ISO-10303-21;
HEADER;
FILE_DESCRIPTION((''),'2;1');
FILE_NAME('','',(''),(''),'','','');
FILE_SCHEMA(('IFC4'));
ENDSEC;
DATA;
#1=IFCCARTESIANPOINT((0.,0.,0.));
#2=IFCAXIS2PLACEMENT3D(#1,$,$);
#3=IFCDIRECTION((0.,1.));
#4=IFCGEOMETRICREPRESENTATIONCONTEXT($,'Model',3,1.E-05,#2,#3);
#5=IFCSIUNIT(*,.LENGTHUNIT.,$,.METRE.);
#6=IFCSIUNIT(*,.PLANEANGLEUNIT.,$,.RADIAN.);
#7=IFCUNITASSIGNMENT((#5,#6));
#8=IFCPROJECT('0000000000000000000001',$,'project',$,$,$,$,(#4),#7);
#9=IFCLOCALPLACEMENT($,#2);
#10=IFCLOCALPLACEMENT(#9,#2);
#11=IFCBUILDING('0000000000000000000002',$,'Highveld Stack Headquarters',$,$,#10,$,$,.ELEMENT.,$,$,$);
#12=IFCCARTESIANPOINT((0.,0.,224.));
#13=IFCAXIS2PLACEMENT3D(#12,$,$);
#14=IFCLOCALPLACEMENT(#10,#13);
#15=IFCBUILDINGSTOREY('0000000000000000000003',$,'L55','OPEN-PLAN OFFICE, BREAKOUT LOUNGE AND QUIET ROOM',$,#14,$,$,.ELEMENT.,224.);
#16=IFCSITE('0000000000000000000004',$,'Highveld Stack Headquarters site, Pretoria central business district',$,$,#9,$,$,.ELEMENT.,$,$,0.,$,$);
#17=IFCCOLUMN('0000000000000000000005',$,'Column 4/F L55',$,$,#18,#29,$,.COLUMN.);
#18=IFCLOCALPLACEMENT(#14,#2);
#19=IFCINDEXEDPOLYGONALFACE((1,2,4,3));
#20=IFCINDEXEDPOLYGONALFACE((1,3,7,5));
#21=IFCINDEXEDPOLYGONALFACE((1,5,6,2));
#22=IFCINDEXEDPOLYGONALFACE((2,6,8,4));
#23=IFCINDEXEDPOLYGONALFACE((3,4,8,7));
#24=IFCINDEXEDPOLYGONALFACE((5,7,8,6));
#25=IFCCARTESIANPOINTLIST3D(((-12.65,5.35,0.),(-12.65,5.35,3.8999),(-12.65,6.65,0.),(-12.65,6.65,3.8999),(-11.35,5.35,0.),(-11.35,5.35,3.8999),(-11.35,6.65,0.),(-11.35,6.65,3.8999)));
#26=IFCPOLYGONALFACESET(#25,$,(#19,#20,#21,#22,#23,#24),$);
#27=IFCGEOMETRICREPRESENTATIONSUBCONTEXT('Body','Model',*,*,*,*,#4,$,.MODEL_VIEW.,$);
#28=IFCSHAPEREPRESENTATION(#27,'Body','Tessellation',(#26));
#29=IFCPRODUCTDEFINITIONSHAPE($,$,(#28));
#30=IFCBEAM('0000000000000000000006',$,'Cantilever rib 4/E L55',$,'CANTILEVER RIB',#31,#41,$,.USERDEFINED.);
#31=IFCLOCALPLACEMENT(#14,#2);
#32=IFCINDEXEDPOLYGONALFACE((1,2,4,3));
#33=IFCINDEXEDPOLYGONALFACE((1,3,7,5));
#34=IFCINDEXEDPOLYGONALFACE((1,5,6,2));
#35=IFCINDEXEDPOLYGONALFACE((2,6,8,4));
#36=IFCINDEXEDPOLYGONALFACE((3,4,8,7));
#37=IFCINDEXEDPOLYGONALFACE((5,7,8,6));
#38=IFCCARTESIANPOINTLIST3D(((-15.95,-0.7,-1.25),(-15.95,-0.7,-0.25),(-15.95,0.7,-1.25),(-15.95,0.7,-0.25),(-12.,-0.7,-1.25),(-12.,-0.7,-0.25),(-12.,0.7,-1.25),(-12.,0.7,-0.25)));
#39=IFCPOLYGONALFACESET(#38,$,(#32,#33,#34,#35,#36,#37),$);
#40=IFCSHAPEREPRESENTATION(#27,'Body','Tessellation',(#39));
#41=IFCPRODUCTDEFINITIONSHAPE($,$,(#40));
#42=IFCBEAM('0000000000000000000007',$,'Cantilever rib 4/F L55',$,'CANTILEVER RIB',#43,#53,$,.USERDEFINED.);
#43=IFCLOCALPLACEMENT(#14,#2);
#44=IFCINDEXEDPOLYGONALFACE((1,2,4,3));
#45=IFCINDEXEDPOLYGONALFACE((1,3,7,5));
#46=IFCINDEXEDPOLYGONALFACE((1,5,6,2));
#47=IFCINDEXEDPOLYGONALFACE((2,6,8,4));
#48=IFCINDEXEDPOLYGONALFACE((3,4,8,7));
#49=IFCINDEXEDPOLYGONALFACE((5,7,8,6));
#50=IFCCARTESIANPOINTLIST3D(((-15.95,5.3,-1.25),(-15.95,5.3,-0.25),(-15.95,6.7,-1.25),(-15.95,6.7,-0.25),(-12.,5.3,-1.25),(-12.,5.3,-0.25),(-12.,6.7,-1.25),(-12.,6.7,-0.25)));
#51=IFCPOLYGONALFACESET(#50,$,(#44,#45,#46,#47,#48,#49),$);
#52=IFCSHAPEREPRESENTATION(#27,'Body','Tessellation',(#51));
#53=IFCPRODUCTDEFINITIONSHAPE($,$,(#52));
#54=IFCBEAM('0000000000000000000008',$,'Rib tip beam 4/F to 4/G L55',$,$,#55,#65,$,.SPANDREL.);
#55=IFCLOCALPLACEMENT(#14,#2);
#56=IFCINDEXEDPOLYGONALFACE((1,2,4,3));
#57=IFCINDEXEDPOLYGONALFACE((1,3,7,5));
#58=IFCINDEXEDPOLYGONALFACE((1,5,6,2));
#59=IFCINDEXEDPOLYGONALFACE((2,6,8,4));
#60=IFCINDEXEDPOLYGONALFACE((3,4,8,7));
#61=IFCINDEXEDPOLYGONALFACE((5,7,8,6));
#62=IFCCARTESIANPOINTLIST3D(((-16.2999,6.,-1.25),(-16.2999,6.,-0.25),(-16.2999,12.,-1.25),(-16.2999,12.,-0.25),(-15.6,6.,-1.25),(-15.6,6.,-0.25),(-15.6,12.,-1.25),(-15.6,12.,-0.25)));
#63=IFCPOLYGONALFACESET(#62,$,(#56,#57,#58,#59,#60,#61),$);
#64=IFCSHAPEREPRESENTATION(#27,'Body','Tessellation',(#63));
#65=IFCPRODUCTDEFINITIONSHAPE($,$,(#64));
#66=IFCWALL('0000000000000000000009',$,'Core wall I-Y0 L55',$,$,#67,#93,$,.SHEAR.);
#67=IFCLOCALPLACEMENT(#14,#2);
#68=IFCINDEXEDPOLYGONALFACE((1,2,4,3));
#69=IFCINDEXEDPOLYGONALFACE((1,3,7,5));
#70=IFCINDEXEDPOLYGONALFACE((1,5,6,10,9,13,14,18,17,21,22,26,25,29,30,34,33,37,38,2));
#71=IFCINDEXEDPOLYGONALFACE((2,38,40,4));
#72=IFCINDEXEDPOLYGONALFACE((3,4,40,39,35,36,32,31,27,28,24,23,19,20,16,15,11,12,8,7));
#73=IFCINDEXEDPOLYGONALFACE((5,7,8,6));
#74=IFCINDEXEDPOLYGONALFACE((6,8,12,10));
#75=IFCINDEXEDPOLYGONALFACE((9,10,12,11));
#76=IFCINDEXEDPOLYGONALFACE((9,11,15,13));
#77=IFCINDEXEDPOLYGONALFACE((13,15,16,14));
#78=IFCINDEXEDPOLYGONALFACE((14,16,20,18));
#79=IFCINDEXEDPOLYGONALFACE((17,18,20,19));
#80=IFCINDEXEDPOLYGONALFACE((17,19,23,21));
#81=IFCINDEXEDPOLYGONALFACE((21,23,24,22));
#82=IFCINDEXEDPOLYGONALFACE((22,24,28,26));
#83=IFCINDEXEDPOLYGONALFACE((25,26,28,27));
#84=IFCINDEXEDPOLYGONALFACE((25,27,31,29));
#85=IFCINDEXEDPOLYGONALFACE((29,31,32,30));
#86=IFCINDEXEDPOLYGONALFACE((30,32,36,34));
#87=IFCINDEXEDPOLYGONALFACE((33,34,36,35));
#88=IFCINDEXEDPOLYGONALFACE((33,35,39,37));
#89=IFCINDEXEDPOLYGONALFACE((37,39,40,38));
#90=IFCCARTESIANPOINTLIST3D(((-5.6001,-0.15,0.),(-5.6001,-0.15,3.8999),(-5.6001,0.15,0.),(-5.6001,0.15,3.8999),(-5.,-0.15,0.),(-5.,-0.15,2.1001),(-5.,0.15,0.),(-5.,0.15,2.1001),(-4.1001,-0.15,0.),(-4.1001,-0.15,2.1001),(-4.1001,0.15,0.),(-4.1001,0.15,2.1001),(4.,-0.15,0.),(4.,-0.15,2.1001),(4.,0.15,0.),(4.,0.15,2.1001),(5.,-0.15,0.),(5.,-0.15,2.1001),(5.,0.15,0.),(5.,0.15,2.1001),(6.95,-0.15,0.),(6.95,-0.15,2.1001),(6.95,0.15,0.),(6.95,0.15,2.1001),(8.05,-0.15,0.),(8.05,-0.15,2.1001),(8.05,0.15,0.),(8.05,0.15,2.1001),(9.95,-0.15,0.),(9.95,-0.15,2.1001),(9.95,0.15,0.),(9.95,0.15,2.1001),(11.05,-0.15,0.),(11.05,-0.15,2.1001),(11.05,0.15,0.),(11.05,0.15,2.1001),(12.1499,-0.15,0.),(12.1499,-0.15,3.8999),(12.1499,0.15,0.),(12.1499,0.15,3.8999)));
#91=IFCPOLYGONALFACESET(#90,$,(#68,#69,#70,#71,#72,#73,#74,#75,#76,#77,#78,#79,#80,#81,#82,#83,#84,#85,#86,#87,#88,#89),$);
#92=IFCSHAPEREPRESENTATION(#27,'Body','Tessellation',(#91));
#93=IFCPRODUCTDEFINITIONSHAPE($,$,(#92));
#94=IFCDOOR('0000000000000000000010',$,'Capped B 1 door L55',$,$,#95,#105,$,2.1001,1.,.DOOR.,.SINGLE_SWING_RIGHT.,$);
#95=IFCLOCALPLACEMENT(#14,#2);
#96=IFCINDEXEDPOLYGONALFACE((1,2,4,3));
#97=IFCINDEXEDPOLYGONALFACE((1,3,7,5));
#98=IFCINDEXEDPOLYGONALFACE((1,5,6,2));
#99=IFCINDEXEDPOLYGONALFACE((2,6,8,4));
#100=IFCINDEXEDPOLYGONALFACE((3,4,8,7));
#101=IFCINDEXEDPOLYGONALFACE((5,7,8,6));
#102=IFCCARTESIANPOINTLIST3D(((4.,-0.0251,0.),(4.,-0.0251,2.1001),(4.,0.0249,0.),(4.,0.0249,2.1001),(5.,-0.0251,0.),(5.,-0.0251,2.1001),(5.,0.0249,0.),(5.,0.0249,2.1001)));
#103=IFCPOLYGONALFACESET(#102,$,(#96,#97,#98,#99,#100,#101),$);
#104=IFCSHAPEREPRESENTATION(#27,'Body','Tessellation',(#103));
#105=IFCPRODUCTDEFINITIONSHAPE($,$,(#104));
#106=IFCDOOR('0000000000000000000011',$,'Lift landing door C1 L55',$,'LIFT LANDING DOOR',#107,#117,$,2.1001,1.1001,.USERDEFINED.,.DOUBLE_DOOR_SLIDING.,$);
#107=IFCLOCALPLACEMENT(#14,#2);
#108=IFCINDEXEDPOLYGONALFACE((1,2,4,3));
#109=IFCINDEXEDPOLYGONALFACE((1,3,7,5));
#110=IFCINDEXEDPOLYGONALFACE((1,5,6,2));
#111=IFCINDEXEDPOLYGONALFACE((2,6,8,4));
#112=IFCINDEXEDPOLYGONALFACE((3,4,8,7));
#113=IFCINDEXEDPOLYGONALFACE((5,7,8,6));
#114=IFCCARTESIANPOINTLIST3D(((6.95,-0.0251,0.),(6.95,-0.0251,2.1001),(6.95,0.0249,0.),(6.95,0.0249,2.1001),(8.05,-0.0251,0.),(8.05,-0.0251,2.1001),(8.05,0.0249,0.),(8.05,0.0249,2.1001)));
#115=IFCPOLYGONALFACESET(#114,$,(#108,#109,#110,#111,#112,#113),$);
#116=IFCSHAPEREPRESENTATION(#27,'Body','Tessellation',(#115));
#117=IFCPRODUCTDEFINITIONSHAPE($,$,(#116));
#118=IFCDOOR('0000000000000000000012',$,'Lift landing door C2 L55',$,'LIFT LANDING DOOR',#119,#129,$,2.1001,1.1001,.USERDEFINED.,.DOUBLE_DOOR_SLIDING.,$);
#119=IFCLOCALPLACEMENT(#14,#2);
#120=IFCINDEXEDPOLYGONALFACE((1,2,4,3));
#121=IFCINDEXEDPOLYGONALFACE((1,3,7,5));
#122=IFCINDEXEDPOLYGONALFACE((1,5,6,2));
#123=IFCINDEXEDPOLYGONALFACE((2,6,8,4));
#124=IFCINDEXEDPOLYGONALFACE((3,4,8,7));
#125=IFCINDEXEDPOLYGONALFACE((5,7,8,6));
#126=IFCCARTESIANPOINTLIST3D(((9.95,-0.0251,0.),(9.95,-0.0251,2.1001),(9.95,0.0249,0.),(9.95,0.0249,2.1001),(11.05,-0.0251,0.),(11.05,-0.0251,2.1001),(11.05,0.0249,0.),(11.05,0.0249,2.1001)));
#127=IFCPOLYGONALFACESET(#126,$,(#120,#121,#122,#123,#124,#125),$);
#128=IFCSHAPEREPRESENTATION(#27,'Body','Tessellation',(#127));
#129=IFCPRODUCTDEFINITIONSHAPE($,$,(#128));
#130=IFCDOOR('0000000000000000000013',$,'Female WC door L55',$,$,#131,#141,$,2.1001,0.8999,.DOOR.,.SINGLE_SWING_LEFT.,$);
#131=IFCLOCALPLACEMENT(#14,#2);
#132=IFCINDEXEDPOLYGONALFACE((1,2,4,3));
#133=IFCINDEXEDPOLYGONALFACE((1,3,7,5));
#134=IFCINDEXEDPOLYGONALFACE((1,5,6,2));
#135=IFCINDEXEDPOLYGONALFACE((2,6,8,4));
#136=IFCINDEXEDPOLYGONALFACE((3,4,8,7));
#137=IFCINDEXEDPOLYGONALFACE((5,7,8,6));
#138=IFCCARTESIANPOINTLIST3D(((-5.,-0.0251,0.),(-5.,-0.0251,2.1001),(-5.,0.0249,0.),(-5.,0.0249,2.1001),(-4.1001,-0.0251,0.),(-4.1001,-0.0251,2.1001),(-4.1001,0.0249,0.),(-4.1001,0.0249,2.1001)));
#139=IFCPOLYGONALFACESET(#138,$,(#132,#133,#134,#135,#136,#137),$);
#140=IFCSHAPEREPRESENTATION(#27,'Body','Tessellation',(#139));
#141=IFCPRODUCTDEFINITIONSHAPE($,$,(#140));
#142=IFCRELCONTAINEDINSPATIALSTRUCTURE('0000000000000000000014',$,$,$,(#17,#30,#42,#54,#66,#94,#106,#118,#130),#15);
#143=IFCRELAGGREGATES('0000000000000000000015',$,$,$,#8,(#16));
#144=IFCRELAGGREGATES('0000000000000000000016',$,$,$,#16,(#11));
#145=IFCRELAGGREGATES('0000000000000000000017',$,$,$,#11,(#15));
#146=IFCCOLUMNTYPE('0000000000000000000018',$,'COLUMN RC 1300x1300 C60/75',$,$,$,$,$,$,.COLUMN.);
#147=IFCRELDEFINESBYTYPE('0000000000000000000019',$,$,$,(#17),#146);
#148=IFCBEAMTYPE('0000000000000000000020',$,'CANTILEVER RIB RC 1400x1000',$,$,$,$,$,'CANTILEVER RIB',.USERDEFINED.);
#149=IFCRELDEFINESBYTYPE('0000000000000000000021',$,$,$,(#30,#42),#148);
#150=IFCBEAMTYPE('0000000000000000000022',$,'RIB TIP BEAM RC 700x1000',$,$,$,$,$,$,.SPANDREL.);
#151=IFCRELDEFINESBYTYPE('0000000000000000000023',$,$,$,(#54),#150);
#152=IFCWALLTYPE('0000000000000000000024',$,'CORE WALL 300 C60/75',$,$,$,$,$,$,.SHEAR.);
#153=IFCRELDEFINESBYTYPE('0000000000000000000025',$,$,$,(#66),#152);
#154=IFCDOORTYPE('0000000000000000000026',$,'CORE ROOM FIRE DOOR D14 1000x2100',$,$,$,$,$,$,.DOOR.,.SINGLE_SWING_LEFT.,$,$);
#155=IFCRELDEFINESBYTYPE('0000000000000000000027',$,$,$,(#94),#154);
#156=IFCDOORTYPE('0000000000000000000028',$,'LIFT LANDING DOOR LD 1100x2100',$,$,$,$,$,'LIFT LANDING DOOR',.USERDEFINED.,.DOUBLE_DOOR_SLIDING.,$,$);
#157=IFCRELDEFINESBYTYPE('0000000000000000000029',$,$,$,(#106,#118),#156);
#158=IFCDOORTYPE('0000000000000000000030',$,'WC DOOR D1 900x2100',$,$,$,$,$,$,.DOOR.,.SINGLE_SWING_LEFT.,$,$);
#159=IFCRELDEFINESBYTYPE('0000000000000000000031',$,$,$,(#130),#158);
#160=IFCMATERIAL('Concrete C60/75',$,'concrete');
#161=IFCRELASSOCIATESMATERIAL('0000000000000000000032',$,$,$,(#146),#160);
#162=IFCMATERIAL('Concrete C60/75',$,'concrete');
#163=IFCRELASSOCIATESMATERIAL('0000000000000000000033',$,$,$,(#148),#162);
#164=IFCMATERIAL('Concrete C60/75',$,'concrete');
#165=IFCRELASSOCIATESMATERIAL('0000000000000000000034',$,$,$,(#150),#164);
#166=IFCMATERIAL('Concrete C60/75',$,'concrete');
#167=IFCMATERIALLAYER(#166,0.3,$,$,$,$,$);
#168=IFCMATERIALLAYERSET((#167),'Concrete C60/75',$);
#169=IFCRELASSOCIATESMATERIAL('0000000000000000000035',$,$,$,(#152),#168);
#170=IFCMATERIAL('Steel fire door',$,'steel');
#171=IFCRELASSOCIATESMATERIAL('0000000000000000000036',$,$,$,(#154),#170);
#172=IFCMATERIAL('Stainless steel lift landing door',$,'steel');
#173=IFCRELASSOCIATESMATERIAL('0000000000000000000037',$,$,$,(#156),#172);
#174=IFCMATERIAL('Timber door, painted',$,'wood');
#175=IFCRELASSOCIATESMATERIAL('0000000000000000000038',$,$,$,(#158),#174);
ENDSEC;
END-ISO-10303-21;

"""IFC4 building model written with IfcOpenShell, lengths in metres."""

from ifc_helpers import new_model, si_unit, direction, frame, frame_2d, origin, origin_2d, place, context, subcontext, project, spatial, rectangle, extrude, material, layer, layer_set, material_profile, profile_set, type_object, element, fill, save


model = new_model("IFC4")

# Units and contexts
model_context = context("Model", 3, precision=1e-05, world=origin(), true_north=direction((0.0, 1.0)))
body_context = subcontext(model_context, "Body", "Model", "MODEL_VIEW")
ifc_project = project(units=[si_unit("LENGTHUNIT", "METRE"), si_unit("PLANEANGLEUNIT", "RADIAN")], contexts=[model_context])

# Site, building, storey
site_placement = place(None, origin())
site = spatial("IfcSite", under=ifc_project, at=site_placement, Name="Highveld Stack Headquarters site, Pretoria central business district", CompositionType="ELEMENT", RefElevation=0.0)
building_placement = place(site_placement, origin())
building = spatial("IfcBuilding", under=site, at=building_placement, Name="Highveld Stack Headquarters", CompositionType="ELEMENT")
storey_placement = place(building_placement, frame((0.0, 0.0, 224.0)))
storey = spatial("IfcBuildingStorey", under=building, at=storey_placement, Name="L55", Description="OPEN-PLAN OFFICE, BREAKOUT LOUNGE AND QUIET ROOM", CompositionType="ELEMENT", Elevation=224.0)

# Column
ifc_material_1 = material(Name="Concrete C60/75", Category="concrete")
ifc_material_profile_1 = material_profile(ifc_material_1, rectangle(XDim=1.3, YDim=1.3, at=origin_2d()), Name="RC 1300x1300")
ifc_profile_set_1 = profile_set([ifc_material_profile_1], Name="Concrete C60/75")
column_type = type_object("IfcColumnType", Name="COLUMN RC 1300x1300 C60/75", PredefinedType="COLUMN", material=ifc_profile_set_1)
column_placement = place(storey_placement, frame((-12.0, 6.0, 0.0), z_axis=(0.0, 0.0, 1.0), x_axis=(1.0, 0.0, 0.0)))
element("IfcColumn", 1, at=column_placement, inside=storey, type_object=column_type, Name="Column 4/F L55", PredefinedType="COLUMN", context=body_context, shape_type="SweptSolid", body=[
    extrude(rectangle(XDim=1.3, YDim=1.3, at=origin_2d()), origin(), (0.0, 0.0, 1.0), 3.8999),
])

# Beams
ifc_material_2 = material(Name="Concrete C60/75", Category="concrete")
ifc_material_profile_2 = material_profile(ifc_material_2, rectangle(XDim=1.3999, YDim=1.0, at=origin_2d()), Name="RC 1400x1000")
ifc_profile_set_2 = profile_set([ifc_material_profile_2], Name="Concrete C60/75")
beam_type_1 = type_object("IfcBeamType", Name="CANTILEVER RIB RC 1400x1000", ElementType="CANTILEVER RIB", PredefinedType="USERDEFINED", material=ifc_profile_set_2)
for number, where, z_axis, x_axis, name in (
    (2, (-12.0, 0.0, -0.75), (-1.0, 0.0, 0.0), (0.0, -1.0, 0.0), "Cantilever rib 4/E L55"),
    (3, (-12.0, 6.0, -0.75), (-1.0, 0.0, 0.0), (0.0, -1.0, 0.0), "Cantilever rib 4/F L55"),
):
    element("IfcBeam", number, at=place(storey_placement, frame(where, z_axis=z_axis, x_axis=x_axis)), inside=storey, type_object=beam_type_1, Name=name, ObjectType="CANTILEVER RIB", PredefinedType="USERDEFINED", context=body_context, shape_type="SweptSolid", body=[
        extrude(rectangle(XDim=1.3999, YDim=1.0, at=origin_2d()), origin(), (0.0, 0.0, 1.0), 3.95),
    ])
ifc_material_3 = material(Name="Concrete C60/75", Category="concrete")
ifc_material_profile_3 = material_profile(ifc_material_3, rectangle(XDim=0.7, YDim=1.0, at=origin_2d()), Name="RC 700x1000")
ifc_profile_set_3 = profile_set([ifc_material_profile_3], Name="Concrete C60/75")
beam_type_2 = type_object("IfcBeamType", Name="RIB TIP BEAM RC 700x1000", PredefinedType="SPANDREL", material=ifc_profile_set_3)
beam_placement = place(storey_placement, frame((-15.95, 6.0, -0.75), z_axis=(0.0, 1.0, 0.0), x_axis=(-1.0, 0.0, 0.0)))
element("IfcBeam", 4, at=beam_placement, inside=storey, type_object=beam_type_2, Name="Rib tip beam 4/F to 4/G L55", PredefinedType="SPANDREL", context=body_context, shape_type="SweptSolid", body=[
    extrude(rectangle(XDim=0.7, YDim=1.0, at=origin_2d()), origin(), (0.0, 0.0, 1.0), 6.0),
])

# Wall, openings, doors
ifc_material_4 = material(Name="Concrete C60/75", Category="concrete")
ifc_layer = layer(ifc_material_4, 0.3)
ifc_layer_set = layer_set([ifc_layer], Name="Concrete C60/75")
wall_type = type_object("IfcWallType", Name="CORE WALL 300 C60/75", PredefinedType="SHEAR", material=ifc_layer_set)
wall_1_placement = place(storey_placement, frame((-5.6001, 0.0, 0.0), z_axis=(0.0, 0.0, 1.0), x_axis=(1.0, 0.0, 0.0)))
wall_1 = element("IfcWall", 5, at=wall_1_placement, inside=storey, type_object=wall_type, Name="Core wall I-Y0 L55", PredefinedType="SHEAR", context=body_context, shape_type="SweptSolid", body=[
    extrude(rectangle(XDim=17.75, YDim=0.3, at=frame_2d((8.875, 0.0))), origin(), (0.0, 0.0, 1.0), 3.8999),
])
opening_1_placement = place(wall_1_placement, frame((0.6001, 0.0, 0.0)))
opening_1 = element("IfcOpeningElement", 6, at=opening_1_placement, cuts=wall_1, PredefinedType="OPENING", context=body_context, shape_type="SweptSolid", body=[
    extrude(rectangle(XDim=0.8999, YDim=2.1001, at=frame_2d((0.45, 1.05))), frame((0.0, 0.1599, 0.0), z_axis=(0.0, -1.0, 0.0), x_axis=(1.0, 0.0, 0.0)), (0.0, 0.0, 1.0), 0.3201),
])
opening_2_placement = place(wall_1_placement, frame((9.6001, 0.0, 0.0)))
opening_2 = element("IfcOpeningElement", 7, at=opening_2_placement, cuts=wall_1, PredefinedType="OPENING", context=body_context, shape_type="SweptSolid", body=[
    extrude(rectangle(XDim=1.0, YDim=2.1001, at=frame_2d((0.5, 1.05))), frame((0.0, 0.1599, 0.0), z_axis=(0.0, -1.0, 0.0), x_axis=(1.0, 0.0, 0.0)), (0.0, 0.0, 1.0), 0.3201),
])
opening_3_placement = place(wall_1_placement, frame((12.55, 0.0, 0.0)))
opening_3 = element("IfcOpeningElement", 8, at=opening_3_placement, cuts=wall_1, PredefinedType="OPENING", context=body_context, shape_type="SweptSolid", body=[
    extrude(rectangle(XDim=1.1001, YDim=2.1001, at=frame_2d((0.55, 1.05))), frame((0.0, 0.1599, 0.0), z_axis=(0.0, -1.0, 0.0), x_axis=(1.0, 0.0, 0.0)), (0.0, 0.0, 1.0), 0.3201),
])
opening_4_placement = place(wall_1_placement, frame((15.55, 0.0, 0.0)))
opening_4 = element("IfcOpeningElement", 9, at=opening_4_placement, cuts=wall_1, PredefinedType="OPENING", context=body_context, shape_type="SweptSolid", body=[
    extrude(rectangle(XDim=1.1001, YDim=2.1001, at=frame_2d((0.55, 1.05))), frame((0.0, 0.1599, 0.0), z_axis=(0.0, -1.0, 0.0), x_axis=(1.0, 0.0, 0.0)), (0.0, 0.0, 1.0), 0.3201),
])
ifc_material_5 = material(Name="Steel fire door", Category="steel")
door_type_1 = type_object("IfcDoorType", Name="CORE ROOM FIRE DOOR D14 1000x2100", OperationType="SINGLE_SWING_LEFT", PredefinedType="DOOR", material=ifc_material_5)
door_1_placement = place(opening_2_placement, origin())
door_1 = element("IfcDoor", 10, at=door_1_placement, inside=storey, type_object=door_type_1, Name="Capped B 1 door L55", OperationType="SINGLE_SWING_RIGHT", OverallHeight=2.1001, OverallWidth=1.0, PredefinedType="DOOR", context=body_context, shape_type="SweptSolid", body=[
    extrude(rectangle(XDim=1.0, YDim=2.1001, at=frame_2d((0.5, 1.05))), frame((0.0, 0.0249, 0.0), z_axis=(0.0, -1.0, 0.0), x_axis=(1.0, 0.0, 0.0)), (0.0, 0.0, 1.0), 0.05),
])
fill(opening_2, door_1)
ifc_material_6 = material(Name="Stainless steel lift landing door", Category="steel")
door_type_2 = type_object("IfcDoorType", Name="LIFT LANDING DOOR LD 1100x2100", ElementType="LIFT LANDING DOOR", OperationType="DOUBLE_DOOR_SLIDING", PredefinedType="USERDEFINED", material=ifc_material_6)
door_2_placement = place(opening_3_placement, origin())
door_2 = element("IfcDoor", 11, at=door_2_placement, inside=storey, type_object=door_type_2, Name="Lift landing door C1 L55", ObjectType="LIFT LANDING DOOR", OperationType="DOUBLE_DOOR_SLIDING", OverallHeight=2.1001, OverallWidth=1.1001, PredefinedType="USERDEFINED", context=body_context, shape_type="SweptSolid", body=[
    extrude(rectangle(XDim=1.1001, YDim=2.1001, at=frame_2d((0.55, 1.05))), frame((0.0, 0.0249, 0.0), z_axis=(0.0, -1.0, 0.0), x_axis=(1.0, 0.0, 0.0)), (0.0, 0.0, 1.0), 0.05),
])
fill(opening_3, door_2)
door_3_placement = place(opening_4_placement, origin())
door_3 = element("IfcDoor", 12, at=door_3_placement, inside=storey, type_object=door_type_2, Name="Lift landing door C2 L55", ObjectType="LIFT LANDING DOOR", OperationType="DOUBLE_DOOR_SLIDING", OverallHeight=2.1001, OverallWidth=1.1001, PredefinedType="USERDEFINED", context=body_context, shape_type="SweptSolid", body=[
    extrude(rectangle(XDim=1.1001, YDim=2.1001, at=frame_2d((0.55, 1.05))), frame((0.0, 0.0249, 0.0), z_axis=(0.0, -1.0, 0.0), x_axis=(1.0, 0.0, 0.0)), (0.0, 0.0, 1.0), 0.05),
])
fill(opening_4, door_3)
ifc_material_7 = material(Name="Timber door, painted", Category="wood")
door_type_3 = type_object("IfcDoorType", Name="WC DOOR D1 900x2100", OperationType="SINGLE_SWING_LEFT", PredefinedType="DOOR", material=ifc_material_7)
door_4_placement = place(opening_1_placement, origin())
door_4 = element("IfcDoor", 13, at=door_4_placement, inside=storey, type_object=door_type_3, Name="Female WC door L55", OperationType="SINGLE_SWING_LEFT", OverallHeight=2.1001, OverallWidth=0.8999, PredefinedType="DOOR", context=body_context, shape_type="SweptSolid", body=[
    extrude(rectangle(XDim=0.8999, YDim=2.1001, at=frame_2d((0.45, 1.05))), frame((0.0, 0.0249, 0.0), z_axis=(0.0, -1.0, 0.0), x_axis=(1.0, 0.0, 0.0)), (0.0, 0.0, 1.0), 0.05),
])
fill(opening_1, door_4)

save(model, "model.ifc")
